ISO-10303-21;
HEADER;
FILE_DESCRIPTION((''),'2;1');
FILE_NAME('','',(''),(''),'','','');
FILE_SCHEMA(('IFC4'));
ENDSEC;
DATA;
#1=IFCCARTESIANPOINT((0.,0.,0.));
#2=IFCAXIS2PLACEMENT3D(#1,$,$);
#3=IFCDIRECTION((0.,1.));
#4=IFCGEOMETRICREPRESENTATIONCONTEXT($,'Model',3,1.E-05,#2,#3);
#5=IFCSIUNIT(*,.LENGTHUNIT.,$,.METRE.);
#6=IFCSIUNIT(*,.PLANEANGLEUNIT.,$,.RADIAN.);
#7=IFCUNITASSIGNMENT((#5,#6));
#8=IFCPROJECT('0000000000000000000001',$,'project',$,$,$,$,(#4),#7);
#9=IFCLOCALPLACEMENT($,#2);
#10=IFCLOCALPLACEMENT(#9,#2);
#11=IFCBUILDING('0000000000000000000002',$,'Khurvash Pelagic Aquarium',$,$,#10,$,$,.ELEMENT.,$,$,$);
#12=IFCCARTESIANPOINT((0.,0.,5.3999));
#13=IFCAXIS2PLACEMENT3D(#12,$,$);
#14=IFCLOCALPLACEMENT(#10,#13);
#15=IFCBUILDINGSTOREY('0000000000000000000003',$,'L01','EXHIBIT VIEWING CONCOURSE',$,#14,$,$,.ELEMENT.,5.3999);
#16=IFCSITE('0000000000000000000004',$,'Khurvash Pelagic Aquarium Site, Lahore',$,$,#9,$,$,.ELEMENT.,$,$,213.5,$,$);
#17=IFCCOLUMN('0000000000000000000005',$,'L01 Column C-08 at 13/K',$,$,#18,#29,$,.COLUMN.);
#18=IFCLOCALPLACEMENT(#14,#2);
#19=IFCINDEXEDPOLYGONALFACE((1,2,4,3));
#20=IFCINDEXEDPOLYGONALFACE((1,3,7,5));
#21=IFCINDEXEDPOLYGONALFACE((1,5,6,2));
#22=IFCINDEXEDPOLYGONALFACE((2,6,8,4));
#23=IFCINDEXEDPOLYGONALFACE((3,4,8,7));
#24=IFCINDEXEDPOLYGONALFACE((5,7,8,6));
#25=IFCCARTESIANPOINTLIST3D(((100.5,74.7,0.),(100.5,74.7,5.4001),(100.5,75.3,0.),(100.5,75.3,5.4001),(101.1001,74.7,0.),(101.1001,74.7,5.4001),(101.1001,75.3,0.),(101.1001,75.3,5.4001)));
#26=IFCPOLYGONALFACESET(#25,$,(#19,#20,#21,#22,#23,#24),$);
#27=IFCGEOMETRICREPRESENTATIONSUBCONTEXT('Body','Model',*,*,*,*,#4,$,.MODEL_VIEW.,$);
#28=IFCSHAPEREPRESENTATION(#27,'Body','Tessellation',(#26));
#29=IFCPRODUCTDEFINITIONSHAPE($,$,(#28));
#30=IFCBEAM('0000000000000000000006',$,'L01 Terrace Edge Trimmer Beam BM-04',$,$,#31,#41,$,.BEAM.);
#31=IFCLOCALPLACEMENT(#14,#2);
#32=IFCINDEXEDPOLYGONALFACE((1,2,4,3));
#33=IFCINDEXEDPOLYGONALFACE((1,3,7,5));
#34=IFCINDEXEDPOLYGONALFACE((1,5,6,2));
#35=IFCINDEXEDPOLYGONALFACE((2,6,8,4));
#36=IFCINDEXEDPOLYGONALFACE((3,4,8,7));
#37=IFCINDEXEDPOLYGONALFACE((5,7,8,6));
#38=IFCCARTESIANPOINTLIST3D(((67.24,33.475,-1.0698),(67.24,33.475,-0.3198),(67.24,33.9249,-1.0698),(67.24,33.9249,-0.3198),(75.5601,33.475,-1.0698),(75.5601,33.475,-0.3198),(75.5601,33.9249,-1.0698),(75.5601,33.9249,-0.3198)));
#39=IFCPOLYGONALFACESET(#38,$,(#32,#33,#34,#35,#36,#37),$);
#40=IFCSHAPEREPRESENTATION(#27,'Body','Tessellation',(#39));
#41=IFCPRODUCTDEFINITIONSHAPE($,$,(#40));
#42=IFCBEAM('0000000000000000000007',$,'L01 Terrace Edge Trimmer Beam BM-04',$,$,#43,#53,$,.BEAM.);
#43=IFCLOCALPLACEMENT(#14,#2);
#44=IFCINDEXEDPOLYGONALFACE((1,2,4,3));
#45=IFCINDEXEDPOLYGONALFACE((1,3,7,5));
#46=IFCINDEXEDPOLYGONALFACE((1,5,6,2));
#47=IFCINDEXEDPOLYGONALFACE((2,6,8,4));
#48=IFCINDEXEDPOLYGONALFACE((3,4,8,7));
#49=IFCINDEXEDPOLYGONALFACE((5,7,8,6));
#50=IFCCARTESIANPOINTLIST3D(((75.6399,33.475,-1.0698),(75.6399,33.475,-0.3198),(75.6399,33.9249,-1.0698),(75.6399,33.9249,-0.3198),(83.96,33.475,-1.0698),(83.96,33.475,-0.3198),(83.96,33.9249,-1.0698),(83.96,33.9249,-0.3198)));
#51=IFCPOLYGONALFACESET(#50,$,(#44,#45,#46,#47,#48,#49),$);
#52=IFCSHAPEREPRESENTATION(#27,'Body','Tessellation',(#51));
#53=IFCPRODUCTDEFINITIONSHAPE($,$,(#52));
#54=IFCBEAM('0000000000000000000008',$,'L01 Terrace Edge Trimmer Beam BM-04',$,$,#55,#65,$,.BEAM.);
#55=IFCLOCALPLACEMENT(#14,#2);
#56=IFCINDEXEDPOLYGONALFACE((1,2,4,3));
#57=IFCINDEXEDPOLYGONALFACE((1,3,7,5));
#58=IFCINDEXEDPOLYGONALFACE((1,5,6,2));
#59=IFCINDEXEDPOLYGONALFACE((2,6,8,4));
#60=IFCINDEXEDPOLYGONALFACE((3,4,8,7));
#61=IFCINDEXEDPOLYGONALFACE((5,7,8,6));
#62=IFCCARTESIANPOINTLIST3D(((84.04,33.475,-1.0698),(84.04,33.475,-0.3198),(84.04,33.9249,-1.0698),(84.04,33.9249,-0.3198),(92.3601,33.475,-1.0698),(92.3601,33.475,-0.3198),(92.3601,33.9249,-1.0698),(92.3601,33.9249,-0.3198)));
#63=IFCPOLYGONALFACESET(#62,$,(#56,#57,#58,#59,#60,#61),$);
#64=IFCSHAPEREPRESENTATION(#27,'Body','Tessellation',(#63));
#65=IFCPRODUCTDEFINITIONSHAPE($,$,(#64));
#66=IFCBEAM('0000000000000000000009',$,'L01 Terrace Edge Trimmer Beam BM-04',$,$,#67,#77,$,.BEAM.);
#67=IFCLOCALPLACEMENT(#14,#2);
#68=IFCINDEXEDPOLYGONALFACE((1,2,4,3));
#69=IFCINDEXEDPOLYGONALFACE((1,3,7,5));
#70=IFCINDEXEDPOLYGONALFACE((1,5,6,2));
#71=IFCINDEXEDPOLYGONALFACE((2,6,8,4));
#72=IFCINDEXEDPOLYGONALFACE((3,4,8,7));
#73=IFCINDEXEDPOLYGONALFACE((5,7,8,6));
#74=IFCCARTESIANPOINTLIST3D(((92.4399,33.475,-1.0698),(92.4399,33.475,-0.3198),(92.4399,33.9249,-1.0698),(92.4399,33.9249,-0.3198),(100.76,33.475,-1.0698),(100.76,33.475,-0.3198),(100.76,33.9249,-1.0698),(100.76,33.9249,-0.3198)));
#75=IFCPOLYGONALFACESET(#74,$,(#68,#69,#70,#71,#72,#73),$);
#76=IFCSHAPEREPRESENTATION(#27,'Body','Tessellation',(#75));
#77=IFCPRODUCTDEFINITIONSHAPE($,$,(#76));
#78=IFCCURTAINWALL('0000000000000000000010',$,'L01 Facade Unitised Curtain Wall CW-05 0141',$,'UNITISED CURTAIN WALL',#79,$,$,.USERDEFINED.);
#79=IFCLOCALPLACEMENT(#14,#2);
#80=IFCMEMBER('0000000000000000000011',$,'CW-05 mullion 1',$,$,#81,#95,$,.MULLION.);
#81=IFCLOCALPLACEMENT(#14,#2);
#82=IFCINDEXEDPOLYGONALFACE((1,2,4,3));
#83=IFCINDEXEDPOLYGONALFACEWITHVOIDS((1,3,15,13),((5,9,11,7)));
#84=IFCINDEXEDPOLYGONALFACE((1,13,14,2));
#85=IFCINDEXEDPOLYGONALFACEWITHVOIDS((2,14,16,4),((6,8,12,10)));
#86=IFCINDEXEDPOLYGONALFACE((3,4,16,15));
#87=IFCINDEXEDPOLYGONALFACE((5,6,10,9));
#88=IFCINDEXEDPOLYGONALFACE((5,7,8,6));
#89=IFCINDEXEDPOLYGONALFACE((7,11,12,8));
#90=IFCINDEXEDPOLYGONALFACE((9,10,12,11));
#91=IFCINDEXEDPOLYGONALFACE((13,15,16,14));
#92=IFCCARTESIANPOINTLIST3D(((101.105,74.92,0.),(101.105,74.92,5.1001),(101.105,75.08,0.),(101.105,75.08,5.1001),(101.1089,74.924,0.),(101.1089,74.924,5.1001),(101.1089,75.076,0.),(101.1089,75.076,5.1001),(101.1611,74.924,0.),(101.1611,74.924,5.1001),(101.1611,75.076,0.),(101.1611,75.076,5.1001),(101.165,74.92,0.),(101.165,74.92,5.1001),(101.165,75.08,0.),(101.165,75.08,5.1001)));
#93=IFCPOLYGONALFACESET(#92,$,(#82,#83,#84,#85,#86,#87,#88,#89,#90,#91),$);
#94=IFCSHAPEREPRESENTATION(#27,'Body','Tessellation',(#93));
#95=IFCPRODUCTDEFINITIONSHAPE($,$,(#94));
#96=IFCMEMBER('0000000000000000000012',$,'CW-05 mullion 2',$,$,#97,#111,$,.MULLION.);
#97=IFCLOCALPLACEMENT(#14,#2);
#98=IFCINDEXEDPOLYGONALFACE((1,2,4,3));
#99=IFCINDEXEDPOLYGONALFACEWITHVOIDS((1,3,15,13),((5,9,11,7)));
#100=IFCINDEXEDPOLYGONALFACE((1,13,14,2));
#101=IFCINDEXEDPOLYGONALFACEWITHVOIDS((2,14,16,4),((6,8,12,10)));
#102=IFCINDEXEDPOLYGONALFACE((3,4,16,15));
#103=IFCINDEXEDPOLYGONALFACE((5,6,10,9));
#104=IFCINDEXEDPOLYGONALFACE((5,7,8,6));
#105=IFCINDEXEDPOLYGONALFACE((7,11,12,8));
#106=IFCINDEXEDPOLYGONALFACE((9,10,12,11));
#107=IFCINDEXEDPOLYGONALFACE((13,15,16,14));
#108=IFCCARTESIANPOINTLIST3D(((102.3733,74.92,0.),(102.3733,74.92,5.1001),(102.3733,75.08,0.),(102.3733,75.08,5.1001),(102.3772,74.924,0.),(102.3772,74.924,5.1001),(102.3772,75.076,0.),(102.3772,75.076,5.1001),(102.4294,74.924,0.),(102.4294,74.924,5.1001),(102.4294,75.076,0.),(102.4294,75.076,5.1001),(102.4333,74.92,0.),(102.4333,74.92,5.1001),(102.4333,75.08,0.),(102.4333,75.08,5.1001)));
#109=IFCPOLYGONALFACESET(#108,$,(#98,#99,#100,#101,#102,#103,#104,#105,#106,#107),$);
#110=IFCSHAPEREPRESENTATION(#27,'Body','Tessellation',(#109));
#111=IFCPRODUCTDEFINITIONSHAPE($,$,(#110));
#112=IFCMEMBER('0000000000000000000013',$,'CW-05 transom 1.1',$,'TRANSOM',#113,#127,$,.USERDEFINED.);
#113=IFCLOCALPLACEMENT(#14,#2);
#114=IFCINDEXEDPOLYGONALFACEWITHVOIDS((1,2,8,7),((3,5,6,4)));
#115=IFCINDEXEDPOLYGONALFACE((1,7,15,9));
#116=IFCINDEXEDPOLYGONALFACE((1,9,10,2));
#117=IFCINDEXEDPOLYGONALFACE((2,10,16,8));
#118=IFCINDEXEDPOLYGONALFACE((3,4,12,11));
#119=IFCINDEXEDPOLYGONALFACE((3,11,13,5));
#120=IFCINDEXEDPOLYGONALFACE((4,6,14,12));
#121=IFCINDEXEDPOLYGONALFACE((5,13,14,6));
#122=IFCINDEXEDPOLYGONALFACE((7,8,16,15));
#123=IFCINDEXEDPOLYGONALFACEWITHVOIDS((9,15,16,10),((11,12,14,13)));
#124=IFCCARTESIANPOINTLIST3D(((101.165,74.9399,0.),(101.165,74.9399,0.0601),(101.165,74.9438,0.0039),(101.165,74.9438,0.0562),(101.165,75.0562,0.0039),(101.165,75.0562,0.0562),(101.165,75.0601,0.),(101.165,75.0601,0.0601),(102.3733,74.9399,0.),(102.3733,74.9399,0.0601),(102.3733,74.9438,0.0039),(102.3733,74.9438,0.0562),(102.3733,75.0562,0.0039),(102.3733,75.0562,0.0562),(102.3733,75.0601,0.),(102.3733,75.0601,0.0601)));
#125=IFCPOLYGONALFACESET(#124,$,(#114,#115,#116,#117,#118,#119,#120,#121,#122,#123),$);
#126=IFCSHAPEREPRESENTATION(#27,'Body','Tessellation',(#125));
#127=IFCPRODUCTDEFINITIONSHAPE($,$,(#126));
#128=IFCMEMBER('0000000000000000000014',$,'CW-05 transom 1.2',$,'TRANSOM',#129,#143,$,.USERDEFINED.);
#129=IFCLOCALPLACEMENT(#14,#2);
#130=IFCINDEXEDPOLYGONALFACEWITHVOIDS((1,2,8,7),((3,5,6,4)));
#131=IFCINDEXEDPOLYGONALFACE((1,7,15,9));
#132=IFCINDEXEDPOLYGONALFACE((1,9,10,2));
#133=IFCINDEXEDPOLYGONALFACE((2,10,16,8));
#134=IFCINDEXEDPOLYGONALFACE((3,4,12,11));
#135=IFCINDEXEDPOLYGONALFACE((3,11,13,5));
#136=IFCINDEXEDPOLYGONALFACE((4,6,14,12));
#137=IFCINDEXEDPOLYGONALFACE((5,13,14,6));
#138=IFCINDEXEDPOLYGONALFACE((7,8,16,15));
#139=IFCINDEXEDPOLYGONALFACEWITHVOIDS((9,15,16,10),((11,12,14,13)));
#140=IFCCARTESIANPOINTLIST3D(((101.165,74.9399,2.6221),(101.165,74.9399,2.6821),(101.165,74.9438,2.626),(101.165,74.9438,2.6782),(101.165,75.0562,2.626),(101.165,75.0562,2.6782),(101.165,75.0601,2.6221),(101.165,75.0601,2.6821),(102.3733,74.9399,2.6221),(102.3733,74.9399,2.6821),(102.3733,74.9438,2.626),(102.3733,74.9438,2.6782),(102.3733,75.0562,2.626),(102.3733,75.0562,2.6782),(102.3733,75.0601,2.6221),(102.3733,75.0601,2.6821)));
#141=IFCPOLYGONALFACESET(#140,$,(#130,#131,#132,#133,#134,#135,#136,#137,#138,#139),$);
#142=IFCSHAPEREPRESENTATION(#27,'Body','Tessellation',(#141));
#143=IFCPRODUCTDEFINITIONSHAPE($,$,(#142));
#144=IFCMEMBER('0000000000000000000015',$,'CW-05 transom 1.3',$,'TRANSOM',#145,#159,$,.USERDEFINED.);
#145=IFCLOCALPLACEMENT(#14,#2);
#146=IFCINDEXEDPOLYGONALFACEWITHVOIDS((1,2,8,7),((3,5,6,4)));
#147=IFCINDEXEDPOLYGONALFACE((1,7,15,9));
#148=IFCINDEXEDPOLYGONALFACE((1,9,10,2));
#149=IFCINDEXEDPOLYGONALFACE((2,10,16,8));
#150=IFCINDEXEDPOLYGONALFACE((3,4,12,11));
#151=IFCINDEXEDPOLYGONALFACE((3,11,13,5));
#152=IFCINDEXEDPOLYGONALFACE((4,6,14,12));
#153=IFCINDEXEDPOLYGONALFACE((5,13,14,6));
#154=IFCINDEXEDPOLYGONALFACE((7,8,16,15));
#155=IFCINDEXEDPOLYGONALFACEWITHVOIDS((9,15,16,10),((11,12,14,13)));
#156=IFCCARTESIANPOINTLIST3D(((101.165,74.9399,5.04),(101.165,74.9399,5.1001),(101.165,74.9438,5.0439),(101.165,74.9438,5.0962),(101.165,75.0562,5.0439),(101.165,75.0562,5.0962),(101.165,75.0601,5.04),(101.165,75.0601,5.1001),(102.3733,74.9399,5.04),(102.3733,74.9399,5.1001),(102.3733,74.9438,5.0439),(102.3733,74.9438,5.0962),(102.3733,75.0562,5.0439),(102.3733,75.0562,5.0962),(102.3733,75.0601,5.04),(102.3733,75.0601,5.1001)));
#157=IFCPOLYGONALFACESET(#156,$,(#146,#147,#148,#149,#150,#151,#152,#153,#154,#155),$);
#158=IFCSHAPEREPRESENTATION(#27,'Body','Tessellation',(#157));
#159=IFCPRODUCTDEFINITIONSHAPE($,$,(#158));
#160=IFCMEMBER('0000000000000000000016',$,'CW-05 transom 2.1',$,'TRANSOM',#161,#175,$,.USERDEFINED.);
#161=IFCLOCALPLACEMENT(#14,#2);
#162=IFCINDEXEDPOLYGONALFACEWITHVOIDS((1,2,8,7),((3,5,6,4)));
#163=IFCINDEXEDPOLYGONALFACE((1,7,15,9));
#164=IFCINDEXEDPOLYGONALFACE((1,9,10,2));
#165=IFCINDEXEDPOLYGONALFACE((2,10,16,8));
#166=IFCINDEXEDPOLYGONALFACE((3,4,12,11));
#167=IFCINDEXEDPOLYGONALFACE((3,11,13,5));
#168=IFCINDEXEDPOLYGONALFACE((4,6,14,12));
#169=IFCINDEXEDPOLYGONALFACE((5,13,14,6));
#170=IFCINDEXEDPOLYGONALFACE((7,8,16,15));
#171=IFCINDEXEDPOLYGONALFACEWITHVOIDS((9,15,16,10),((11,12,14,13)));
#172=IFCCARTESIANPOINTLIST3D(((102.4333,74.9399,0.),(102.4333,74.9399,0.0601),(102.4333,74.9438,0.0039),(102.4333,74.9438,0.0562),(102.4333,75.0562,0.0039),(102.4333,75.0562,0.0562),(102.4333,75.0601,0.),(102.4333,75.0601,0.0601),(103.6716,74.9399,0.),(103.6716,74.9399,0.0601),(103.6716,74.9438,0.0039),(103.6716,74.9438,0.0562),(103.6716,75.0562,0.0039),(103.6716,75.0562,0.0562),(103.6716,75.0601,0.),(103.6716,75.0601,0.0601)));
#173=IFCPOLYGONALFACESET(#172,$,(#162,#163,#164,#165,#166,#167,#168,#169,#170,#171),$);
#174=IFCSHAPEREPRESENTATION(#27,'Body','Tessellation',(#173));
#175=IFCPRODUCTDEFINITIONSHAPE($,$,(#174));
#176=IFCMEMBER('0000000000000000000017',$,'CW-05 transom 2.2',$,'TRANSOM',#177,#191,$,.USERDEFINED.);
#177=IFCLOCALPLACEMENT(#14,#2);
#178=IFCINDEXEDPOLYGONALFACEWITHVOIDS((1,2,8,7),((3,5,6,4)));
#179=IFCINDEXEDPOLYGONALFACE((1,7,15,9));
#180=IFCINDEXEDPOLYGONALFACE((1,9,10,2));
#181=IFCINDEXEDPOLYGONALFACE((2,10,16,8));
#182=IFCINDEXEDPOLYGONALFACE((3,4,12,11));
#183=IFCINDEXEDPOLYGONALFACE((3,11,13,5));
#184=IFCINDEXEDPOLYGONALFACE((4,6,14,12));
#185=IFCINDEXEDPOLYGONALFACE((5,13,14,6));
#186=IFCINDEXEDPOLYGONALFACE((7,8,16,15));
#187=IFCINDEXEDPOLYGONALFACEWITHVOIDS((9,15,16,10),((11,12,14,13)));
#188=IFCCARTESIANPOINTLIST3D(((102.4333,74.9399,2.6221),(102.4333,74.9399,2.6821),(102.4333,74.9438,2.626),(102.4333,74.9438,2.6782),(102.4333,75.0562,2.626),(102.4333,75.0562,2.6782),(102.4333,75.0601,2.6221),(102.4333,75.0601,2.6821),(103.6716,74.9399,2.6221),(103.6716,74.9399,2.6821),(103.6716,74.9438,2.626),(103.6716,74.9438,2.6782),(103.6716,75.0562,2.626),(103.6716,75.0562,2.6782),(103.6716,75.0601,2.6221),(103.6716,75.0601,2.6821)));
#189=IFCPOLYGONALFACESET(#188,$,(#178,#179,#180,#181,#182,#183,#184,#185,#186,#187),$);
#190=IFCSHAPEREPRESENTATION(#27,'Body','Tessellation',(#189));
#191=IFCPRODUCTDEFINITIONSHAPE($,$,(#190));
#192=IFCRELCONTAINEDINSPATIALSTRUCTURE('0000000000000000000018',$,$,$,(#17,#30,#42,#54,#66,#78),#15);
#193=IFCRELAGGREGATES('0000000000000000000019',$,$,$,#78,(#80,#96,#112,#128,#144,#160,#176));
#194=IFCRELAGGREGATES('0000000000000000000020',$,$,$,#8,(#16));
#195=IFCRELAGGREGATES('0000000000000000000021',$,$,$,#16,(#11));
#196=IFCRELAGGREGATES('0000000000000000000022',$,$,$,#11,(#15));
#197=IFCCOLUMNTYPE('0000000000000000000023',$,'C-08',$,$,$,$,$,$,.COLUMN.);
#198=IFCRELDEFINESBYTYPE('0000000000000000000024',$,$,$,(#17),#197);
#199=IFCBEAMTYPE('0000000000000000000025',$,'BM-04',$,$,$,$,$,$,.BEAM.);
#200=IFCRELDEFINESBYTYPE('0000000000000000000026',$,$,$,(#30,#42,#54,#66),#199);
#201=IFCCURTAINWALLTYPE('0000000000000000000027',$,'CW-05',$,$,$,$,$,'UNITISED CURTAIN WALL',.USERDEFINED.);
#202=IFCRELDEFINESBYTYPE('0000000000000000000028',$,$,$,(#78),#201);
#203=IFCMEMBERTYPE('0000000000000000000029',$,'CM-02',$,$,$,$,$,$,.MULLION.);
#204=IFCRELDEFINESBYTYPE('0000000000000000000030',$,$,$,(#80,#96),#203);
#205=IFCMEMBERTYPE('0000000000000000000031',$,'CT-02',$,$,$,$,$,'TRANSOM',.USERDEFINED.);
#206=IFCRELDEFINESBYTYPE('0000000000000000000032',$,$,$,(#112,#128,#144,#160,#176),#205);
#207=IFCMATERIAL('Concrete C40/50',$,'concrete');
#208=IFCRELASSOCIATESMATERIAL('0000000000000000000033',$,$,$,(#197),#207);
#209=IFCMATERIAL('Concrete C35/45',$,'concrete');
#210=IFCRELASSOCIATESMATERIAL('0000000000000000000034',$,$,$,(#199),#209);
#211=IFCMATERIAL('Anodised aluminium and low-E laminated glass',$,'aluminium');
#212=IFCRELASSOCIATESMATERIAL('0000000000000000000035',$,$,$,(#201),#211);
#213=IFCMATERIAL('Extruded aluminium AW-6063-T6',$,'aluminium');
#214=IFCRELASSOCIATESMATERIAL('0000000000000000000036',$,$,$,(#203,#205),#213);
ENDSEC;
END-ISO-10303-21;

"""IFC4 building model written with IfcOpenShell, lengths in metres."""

from ifc_helpers import new_model, si_unit, direction, frame, origin, origin_2d, place, context, subcontext, project, spatial, rectangle, hollow_rectangle, extrude, material, material_profile, profile_set, type_object, element, aggregate, save


model = new_model("IFC4")

# Units and contexts
model_context = context("Model", 3, precision=1e-05, world=origin(), true_north=direction((0.0, 1.0)))
body_context = subcontext(model_context, "Body", "Model", "MODEL_VIEW")
ifc_project = project(units=[si_unit("LENGTHUNIT", "METRE"), si_unit("PLANEANGLEUNIT", "RADIAN")], contexts=[model_context])

# Site, building, storey
site_placement = place(None, origin())
site = spatial("IfcSite", under=ifc_project, at=site_placement, Name="Khurvash Pelagic Aquarium Site, Lahore", CompositionType="ELEMENT", RefElevation=213.5)
building_placement = place(site_placement, origin())
building = spatial("IfcBuilding", under=site, at=building_placement, Name="Khurvash Pelagic Aquarium", CompositionType="ELEMENT")
storey_placement = place(building_placement, frame((0.0, 0.0, 5.3999)))
storey = spatial("IfcBuildingStorey", under=building, at=storey_placement, Name="L01", Description="EXHIBIT VIEWING CONCOURSE", CompositionType="ELEMENT", Elevation=5.3999)

# Column
ifc_material_1 = material(Name="Concrete C40/50", Category="concrete")
ifc_material_profile_1 = material_profile(ifc_material_1, rectangle(XDim=0.6001, YDim=0.6001, at=origin_2d()), Name="RC600X600")
ifc_profile_set_1 = profile_set([ifc_material_profile_1], Name="Concrete C40/50")
column_type = type_object("IfcColumnType", Name="C-08", PredefinedType="COLUMN", material=ifc_profile_set_1)
column_placement = place(storey_placement, frame((100.8, 75.0, 0.0), z_axis=(0.0, 0.0, 1.0), x_axis=(1.0, 0.0, 0.0)))
element("IfcColumn", 1, at=column_placement, inside=storey, type_object=column_type, Name="L01 Column C-08 at 13/K", PredefinedType="COLUMN", context=body_context, shape_type="SweptSolid", body=[
    extrude(rectangle(XDim=0.6001, YDim=0.6001, at=origin_2d()), origin(), (0.0, 0.0, 1.0), 5.4001),
])

# Beams
ifc_material_2 = material(Name="Concrete C35/45", Category="concrete")
ifc_material_profile_2 = material_profile(ifc_material_2, rectangle(XDim=0.45, YDim=0.75, at=origin_2d()), Name="RC450X750")
ifc_profile_set_2 = profile_set([ifc_material_profile_2], Name="Concrete C35/45")
beam_type_1 = type_object("IfcBeamType", Name="BM-04", PredefinedType="BEAM", material=ifc_profile_set_2)
for number, where, z_axis, x_axis, name in (
    (2, (67.24, 33.7, -0.6948), (1.0, 0.0, 0.0), (0.0, 1.0, 0.0), "L01 Terrace Edge Trimmer Beam BM-04"),
    (3, (75.6399, 33.7, -0.6948), (1.0, 0.0, 0.0), (0.0, 1.0, 0.0), "L01 Terrace Edge Trimmer Beam BM-04"),
    (4, (84.04, 33.7, -0.6948), (1.0, 0.0, 0.0), (0.0, 1.0, 0.0), "L01 Terrace Edge Trimmer Beam BM-04"),
    (5, (92.4399, 33.7, -0.6948), (1.0, 0.0, 0.0), (0.0, 1.0, 0.0), "L01 Terrace Edge Trimmer Beam BM-04"),
):
    element("IfcBeam", number, at=place(storey_placement, frame(where, z_axis=z_axis, x_axis=x_axis)), inside=storey, type_object=beam_type_1, Name=name, PredefinedType="BEAM", context=body_context, shape_type="SweptSolid", body=[
        extrude(rectangle(XDim=0.45, YDim=0.75, at=origin_2d()), origin(), (0.0, 0.0, 1.0), 8.3201),
    ])

# Curtain wall, members
ifc_material_3 = material(Name="Anodised aluminium and low-E laminated glass", Category="aluminium")
curtain_wall_type = type_object("IfcCurtainWallType", Name="CW-05", ElementType="UNITISED CURTAIN WALL", PredefinedType="USERDEFINED", material=ifc_material_3)
curtain_wall_placement = place(storey_placement, origin())
curtain_wall = element("IfcCurtainWall", 6, at=curtain_wall_placement, inside=storey, type_object=curtain_wall_type, Name="L01 Facade Unitised Curtain Wall CW-05 0141", ObjectType="UNITISED CURTAIN WALL", PredefinedType="USERDEFINED")
ifc_material_4 = material(Name="Extruded aluminium AW-6063-T6", Category="aluminium")
ifc_material_profile_3 = material_profile(ifc_material_4, hollow_rectangle(XDim=0.0601, YDim=0.1599, WallThickness=0.0039, at=origin_2d()), Name="CWM60X160X4")
ifc_profile_set_3 = profile_set([ifc_material_profile_3], Name="Extruded aluminium AW-6063-T6")
member_type_1 = type_object("IfcMemberType", Name="CM-02", PredefinedType="MULLION", material=ifc_profile_set_3)
member_1_placement = place(storey_placement, frame((101.135, 75.0, 0.0), z_axis=(0.0, 0.0, 1.0), x_axis=(1.0, 0.0, 0.0)))
member_1 = element("IfcMember", 7, at=member_1_placement, type_object=member_type_1, Name="CW-05 mullion 1", PredefinedType="MULLION", context=body_context, shape_type="SweptSolid", body=[
    extrude(hollow_rectangle(XDim=0.0601, YDim=0.1599, WallThickness=0.0039, at=origin_2d()), origin(), (0.0, 0.0, 1.0), 5.1001),
])
member_2_placement = place(storey_placement, frame((102.4033, 75.0, 0.0), z_axis=(0.0, 0.0, 1.0), x_axis=(1.0, 0.0, 0.0)))
member_2 = element("IfcMember", 8, at=member_2_placement, type_object=member_type_1, Name="CW-05 mullion 2", PredefinedType="MULLION", context=body_context, shape_type="SweptSolid", body=[
    extrude(hollow_rectangle(XDim=0.0601, YDim=0.1599, WallThickness=0.0039, at=origin_2d()), origin(), (0.0, 0.0, 1.0), 5.1001),
])
ifc_material_profile_4 = material_profile(ifc_material_4, hollow_rectangle(XDim=0.1201, YDim=0.0601, WallThickness=0.0039, at=origin_2d()), Name="CWT120X60X4")
ifc_profile_set_4 = profile_set([ifc_material_profile_4], Name="Extruded aluminium AW-6063-T6")
member_type_2 = type_object("IfcMemberType", Name="CT-02", ElementType="TRANSOM", PredefinedType="USERDEFINED", material=ifc_profile_set_4)
member_3_placement = place(storey_placement, frame((101.165, 75.0, 0.03), z_axis=(1.0, 0.0, 0.0), x_axis=(0.0, 1.0, 0.0)))
member_3 = element("IfcMember", 9, at=member_3_placement, type_object=member_type_2, Name="CW-05 transom 1.1", ObjectType="TRANSOM", PredefinedType="USERDEFINED", context=body_context, shape_type="SweptSolid", body=[
    extrude(hollow_rectangle(XDim=0.1201, YDim=0.0601, WallThickness=0.0039, at=origin_2d()), origin(), (0.0, 0.0, 1.0), 1.2083),
])
member_4_placement = place(storey_placement, frame((101.165, 75.0, 2.6521), z_axis=(1.0, 0.0, 0.0), x_axis=(0.0, 1.0, 0.0)))
member_4 = element("IfcMember", 10, at=member_4_placement, type_object=member_type_2, Name="CW-05 transom 1.2", ObjectType="TRANSOM", PredefinedType="USERDEFINED", context=body_context, shape_type="SweptSolid", body=[
    extrude(hollow_rectangle(XDim=0.1201, YDim=0.0601, WallThickness=0.0039, at=origin_2d()), origin(), (0.0, 0.0, 1.0), 1.2083),
])
member_5_placement = place(storey_placement, frame((101.165, 75.0, 5.0701), z_axis=(1.0, 0.0, 0.0), x_axis=(0.0, 1.0, 0.0)))
member_5 = element("IfcMember", 11, at=member_5_placement, type_object=member_type_2, Name="CW-05 transom 1.3", ObjectType="TRANSOM", PredefinedType="USERDEFINED", context=body_context, shape_type="SweptSolid", body=[
    extrude(hollow_rectangle(XDim=0.1201, YDim=0.0601, WallThickness=0.0039, at=origin_2d()), origin(), (0.0, 0.0, 1.0), 1.2083),
])
member_6_placement = place(storey_placement, frame((102.4333, 75.0, 0.03), z_axis=(1.0, 0.0, 0.0), x_axis=(0.0, 1.0, 0.0)))
member_6 = element("IfcMember", 12, at=member_6_placement, type_object=member_type_2, Name="CW-05 transom 2.1", ObjectType="TRANSOM", PredefinedType="USERDEFINED", context=body_context, shape_type="SweptSolid", body=[
    extrude(hollow_rectangle(XDim=0.1201, YDim=0.0601, WallThickness=0.0039, at=origin_2d()), origin(), (0.0, 0.0, 1.0), 1.2383),
])
member_7_placement = place(storey_placement, frame((102.4333, 75.0, 2.6521), z_axis=(1.0, 0.0, 0.0), x_axis=(0.0, 1.0, 0.0)))
member_7 = element("IfcMember", 13, at=member_7_placement, type_object=member_type_2, Name="CW-05 transom 2.2", ObjectType="TRANSOM", PredefinedType="USERDEFINED", context=body_context, shape_type="SweptSolid", body=[
    extrude(hollow_rectangle(XDim=0.1201, YDim=0.0601, WallThickness=0.0039, at=origin_2d()), origin(), (0.0, 0.0, 1.0), 1.2383),
])

aggregate(curtain_wall, [member_1, member_2, member_3, member_4, member_5, member_6, member_7])

save(model, "model.ifc")
